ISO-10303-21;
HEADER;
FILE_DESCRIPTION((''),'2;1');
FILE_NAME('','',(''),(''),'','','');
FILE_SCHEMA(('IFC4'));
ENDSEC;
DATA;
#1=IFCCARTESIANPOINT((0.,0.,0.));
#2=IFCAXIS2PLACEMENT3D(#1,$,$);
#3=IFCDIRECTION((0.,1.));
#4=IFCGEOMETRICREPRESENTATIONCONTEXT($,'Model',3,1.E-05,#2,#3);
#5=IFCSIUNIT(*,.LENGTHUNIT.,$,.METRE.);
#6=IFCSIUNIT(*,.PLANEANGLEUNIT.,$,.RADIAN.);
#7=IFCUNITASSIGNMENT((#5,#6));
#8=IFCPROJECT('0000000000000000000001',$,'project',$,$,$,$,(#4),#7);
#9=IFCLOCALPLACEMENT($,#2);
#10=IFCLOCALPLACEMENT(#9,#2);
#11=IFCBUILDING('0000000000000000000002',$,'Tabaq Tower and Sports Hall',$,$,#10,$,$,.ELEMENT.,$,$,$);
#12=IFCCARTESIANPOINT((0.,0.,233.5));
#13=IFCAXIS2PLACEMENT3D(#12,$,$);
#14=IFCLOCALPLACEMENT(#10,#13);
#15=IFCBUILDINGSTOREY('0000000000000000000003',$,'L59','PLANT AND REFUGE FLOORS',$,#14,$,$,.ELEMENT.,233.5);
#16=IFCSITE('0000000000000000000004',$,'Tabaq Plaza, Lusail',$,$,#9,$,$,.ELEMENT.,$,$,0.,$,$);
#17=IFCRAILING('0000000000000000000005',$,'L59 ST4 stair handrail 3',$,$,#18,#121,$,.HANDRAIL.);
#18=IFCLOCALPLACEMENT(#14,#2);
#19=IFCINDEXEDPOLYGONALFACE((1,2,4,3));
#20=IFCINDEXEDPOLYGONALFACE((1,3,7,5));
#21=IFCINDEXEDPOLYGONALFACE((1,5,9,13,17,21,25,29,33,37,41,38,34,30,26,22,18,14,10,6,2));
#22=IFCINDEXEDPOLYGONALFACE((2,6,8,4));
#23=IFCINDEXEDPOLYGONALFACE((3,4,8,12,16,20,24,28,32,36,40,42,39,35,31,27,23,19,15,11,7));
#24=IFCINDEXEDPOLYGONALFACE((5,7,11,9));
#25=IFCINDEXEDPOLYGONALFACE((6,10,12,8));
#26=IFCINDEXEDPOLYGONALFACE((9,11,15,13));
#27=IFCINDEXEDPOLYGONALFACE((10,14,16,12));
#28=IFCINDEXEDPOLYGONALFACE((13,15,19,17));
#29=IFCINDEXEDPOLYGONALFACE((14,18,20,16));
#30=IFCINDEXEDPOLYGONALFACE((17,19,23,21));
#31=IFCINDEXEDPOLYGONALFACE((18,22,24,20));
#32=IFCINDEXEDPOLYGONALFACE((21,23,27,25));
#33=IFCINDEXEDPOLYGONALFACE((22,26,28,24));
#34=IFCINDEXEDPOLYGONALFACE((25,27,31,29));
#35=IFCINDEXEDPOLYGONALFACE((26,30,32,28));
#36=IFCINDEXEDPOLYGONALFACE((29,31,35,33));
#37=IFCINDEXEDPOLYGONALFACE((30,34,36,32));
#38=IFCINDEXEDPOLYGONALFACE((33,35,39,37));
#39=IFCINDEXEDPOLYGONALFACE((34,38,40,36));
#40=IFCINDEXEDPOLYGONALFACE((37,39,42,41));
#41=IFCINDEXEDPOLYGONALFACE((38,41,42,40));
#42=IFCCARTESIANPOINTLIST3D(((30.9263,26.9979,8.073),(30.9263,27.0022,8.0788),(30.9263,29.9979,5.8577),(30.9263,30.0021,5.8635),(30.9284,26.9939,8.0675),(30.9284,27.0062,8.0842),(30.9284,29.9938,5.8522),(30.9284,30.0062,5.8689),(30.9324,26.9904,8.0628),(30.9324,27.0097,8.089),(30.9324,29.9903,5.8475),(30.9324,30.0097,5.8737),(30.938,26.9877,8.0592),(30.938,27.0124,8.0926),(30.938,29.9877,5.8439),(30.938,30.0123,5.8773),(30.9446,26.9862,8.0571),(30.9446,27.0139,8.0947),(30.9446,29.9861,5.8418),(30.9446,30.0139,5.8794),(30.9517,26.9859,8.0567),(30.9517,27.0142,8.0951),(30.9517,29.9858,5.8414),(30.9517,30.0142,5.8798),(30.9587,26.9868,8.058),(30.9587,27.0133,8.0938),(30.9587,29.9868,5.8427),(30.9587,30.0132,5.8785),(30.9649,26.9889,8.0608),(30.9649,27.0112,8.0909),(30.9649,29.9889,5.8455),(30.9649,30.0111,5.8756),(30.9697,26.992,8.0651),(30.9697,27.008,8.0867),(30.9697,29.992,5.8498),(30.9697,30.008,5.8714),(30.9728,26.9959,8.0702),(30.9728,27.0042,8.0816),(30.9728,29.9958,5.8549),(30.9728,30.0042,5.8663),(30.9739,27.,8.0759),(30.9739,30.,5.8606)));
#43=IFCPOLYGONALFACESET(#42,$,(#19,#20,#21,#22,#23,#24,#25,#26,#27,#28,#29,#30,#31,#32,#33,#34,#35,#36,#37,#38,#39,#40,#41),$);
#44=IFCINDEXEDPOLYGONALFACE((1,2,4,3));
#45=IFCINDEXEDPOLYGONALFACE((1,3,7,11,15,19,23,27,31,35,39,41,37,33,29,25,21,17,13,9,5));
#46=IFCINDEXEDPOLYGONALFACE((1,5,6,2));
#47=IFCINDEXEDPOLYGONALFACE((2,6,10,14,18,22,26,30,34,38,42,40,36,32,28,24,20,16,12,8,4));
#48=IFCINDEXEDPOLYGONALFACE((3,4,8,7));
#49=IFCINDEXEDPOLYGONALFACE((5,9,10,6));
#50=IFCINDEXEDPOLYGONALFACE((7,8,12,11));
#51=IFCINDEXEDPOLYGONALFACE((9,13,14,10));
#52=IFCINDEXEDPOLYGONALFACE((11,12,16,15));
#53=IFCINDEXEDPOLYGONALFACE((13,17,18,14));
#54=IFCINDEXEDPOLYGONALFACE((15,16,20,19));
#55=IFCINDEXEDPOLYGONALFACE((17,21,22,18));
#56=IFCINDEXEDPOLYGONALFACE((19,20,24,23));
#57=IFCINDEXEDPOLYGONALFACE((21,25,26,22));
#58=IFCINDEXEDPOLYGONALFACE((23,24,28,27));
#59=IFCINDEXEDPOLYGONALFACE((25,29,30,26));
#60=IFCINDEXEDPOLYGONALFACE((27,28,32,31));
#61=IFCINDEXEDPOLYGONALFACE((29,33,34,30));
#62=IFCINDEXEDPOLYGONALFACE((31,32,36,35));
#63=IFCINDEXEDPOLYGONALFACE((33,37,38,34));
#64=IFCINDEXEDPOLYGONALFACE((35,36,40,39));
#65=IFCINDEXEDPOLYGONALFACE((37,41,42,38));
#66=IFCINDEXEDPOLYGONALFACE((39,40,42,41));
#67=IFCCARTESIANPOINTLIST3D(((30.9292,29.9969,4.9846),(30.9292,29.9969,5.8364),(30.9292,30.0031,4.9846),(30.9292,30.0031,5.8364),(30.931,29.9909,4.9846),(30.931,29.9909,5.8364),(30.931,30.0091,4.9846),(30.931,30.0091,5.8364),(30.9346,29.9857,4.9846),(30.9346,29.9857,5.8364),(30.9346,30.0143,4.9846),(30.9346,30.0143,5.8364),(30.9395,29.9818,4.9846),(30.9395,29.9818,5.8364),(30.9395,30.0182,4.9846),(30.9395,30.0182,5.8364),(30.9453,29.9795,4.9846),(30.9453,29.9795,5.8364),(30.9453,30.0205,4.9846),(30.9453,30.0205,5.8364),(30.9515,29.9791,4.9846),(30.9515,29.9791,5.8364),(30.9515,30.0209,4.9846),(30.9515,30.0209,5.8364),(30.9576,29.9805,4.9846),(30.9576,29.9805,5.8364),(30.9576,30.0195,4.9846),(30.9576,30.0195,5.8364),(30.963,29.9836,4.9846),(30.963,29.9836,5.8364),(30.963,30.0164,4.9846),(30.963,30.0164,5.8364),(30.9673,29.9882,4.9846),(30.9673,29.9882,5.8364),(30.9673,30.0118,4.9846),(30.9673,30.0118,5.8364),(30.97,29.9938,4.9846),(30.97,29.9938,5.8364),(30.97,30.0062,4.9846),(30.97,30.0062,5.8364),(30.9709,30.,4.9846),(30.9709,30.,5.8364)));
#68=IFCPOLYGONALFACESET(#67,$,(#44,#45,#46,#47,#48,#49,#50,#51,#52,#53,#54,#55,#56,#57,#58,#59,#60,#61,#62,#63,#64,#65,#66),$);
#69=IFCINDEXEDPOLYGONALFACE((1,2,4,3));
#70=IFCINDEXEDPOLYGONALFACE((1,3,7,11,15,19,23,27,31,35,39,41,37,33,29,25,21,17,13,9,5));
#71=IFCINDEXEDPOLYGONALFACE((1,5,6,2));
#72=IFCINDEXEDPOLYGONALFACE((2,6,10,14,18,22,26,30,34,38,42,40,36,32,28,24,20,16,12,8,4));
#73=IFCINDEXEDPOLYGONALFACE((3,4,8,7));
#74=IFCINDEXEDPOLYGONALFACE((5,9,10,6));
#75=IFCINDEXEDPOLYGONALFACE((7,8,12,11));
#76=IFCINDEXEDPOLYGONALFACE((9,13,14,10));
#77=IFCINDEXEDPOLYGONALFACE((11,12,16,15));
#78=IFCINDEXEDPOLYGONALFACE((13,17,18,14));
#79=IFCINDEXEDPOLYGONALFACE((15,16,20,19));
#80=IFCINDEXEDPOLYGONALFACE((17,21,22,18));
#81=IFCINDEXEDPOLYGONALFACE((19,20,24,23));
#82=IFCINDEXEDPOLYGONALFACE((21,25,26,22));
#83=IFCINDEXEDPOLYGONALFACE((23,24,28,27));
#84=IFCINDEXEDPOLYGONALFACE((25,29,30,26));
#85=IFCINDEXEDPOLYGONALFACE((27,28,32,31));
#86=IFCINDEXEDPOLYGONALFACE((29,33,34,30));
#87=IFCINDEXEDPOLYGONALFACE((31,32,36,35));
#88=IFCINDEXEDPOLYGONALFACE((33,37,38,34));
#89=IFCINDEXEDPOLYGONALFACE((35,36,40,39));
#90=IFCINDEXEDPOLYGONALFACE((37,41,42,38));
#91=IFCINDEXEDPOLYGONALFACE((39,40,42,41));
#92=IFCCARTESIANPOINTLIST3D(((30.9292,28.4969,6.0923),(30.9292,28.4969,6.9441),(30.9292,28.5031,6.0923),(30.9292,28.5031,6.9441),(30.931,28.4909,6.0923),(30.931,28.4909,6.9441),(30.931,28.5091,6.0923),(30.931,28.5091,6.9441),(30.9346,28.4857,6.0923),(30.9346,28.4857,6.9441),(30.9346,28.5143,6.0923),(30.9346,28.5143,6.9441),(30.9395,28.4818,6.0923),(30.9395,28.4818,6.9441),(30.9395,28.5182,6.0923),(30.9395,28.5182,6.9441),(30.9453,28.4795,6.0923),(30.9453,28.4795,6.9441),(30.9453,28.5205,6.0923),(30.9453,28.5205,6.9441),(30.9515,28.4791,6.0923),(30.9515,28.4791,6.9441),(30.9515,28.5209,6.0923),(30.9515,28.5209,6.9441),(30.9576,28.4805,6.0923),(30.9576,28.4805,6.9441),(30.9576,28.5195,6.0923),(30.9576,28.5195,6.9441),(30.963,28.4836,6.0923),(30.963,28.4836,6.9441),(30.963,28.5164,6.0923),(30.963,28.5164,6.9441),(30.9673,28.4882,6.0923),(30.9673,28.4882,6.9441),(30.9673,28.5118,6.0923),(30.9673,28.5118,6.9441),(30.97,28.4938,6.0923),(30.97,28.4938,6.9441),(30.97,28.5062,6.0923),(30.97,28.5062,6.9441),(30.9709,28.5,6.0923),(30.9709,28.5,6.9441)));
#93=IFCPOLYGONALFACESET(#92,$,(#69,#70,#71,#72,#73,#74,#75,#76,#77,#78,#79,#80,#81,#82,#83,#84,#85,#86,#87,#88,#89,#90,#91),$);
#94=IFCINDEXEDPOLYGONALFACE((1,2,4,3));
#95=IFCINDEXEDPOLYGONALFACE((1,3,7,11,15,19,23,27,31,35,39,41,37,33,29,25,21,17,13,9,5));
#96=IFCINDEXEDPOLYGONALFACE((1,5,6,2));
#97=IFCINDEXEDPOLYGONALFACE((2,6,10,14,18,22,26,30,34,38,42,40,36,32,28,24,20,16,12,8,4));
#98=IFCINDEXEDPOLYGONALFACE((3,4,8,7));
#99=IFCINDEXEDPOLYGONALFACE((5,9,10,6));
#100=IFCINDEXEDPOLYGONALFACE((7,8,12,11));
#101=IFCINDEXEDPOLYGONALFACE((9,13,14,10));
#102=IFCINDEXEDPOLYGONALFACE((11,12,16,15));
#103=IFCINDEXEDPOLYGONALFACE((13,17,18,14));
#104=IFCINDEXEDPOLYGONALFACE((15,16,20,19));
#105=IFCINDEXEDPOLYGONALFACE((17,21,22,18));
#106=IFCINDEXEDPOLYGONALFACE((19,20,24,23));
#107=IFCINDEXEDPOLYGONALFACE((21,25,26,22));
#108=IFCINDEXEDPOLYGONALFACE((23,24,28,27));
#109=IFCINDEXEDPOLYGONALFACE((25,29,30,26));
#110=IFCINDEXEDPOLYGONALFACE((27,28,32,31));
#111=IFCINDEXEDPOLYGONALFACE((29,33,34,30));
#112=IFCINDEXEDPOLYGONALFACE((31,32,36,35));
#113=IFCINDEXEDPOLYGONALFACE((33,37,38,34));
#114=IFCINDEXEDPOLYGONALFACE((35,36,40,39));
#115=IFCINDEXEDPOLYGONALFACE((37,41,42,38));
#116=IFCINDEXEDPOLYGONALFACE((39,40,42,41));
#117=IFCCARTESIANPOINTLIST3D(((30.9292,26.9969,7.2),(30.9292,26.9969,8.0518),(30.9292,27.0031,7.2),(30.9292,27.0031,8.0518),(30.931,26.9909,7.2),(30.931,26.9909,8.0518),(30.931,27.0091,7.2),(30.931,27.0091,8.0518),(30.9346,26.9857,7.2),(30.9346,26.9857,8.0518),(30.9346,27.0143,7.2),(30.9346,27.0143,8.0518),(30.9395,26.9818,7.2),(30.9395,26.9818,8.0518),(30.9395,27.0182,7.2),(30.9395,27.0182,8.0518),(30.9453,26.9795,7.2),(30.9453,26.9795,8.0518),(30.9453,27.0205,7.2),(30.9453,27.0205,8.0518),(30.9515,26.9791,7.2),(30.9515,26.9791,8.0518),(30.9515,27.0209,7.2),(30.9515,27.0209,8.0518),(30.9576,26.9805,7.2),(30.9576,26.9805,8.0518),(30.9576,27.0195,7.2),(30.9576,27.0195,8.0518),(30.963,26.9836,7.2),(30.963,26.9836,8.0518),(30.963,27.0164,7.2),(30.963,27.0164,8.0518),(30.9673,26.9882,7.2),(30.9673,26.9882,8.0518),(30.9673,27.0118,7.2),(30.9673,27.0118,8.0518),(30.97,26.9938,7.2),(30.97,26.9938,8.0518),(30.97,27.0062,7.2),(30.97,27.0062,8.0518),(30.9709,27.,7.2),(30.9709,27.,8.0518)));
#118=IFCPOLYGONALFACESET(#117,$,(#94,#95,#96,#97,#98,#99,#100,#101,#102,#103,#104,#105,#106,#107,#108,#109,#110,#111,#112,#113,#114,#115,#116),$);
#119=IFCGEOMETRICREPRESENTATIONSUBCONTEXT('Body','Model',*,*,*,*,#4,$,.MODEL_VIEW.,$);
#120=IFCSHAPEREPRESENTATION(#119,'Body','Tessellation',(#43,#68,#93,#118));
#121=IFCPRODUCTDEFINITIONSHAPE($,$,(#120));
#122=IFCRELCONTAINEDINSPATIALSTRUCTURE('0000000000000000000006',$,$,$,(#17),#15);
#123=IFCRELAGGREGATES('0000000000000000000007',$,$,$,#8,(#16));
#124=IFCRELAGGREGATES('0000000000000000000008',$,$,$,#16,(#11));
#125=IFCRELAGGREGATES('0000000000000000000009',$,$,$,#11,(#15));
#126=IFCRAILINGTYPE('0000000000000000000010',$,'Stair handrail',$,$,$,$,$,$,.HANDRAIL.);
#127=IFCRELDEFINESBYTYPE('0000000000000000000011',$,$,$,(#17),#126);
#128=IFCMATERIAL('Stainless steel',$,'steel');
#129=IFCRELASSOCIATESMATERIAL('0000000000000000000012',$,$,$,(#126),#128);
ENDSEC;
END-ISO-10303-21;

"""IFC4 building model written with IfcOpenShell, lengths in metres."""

from ifc_helpers import new_model, si_unit, direction, frame, origin, origin_2d, place, context, subcontext, project, spatial, circle, extrude, material, type_object, element, save


model = new_model("IFC4")

# Units and contexts
model_context = context("Model", 3, precision=1e-05, world=origin(), true_north=direction((0.0, 1.0)))
body_context = subcontext(model_context, "Body", "Model", "MODEL_VIEW")
ifc_project = project(units=[si_unit("LENGTHUNIT", "METRE"), si_unit("PLANEANGLEUNIT", "RADIAN")], contexts=[model_context])

# Site, building, storey
site_placement = place(None, origin())
site = spatial("IfcSite", under=ifc_project, at=site_placement, Name="Tabaq Plaza, Lusail", CompositionType="ELEMENT", RefElevation=0.0)
building_placement = place(site_placement, origin())
building = spatial("IfcBuilding", under=site, at=building_placement, Name="Tabaq Tower and Sports Hall", CompositionType="ELEMENT")
storey_placement = place(building_placement, frame((0.0, 0.0, 233.5)))
storey = spatial("IfcBuildingStorey", under=building, at=storey_placement, Name="L59", Description="PLANT AND REFUGE FLOORS", CompositionType="ELEMENT", Elevation=233.5)

# Railing
ifc_material_1 = material(Name="Stainless steel", Category="steel")
railing_type_1 = type_object("IfcRailingType", Name="Stair handrail", PredefinedType="HANDRAIL", material=ifc_material_1)
railing_1_placement = place(storey_placement, frame((30.95, 30.0, 4.9846)))
element("IfcRailing", 1, at=railing_1_placement, inside=storey, type_object=railing_type_1, Name="L59 ST4 stair handrail 3", PredefinedType="HANDRAIL", context=body_context, shape_type="SweptSolid", body=[
    extrude(circle(Radius=0.0239, at=origin_2d()), frame((0.0, 0.0, 0.876), z_axis=(0.0, -0.80444, 0.594034), x_axis=(1.0, 0.0, 0.0)), (0.0, 0.0, 1.0), 3.7292),
    extrude(circle(Radius=0.021, at=origin_2d()), origin(), (0.0, 0.0, 1.0), 0.8518),
    extrude(circle(Radius=0.021, at=origin_2d()), frame((0.0, -1.5, 1.1077)), (0.0, 0.0, 1.0), 0.8518),
    extrude(circle(Radius=0.021, at=origin_2d()), frame((0.0, -3.0, 2.2153)), (0.0, 0.0, 1.0), 0.8518),
])

save(model, "model.ifc")
